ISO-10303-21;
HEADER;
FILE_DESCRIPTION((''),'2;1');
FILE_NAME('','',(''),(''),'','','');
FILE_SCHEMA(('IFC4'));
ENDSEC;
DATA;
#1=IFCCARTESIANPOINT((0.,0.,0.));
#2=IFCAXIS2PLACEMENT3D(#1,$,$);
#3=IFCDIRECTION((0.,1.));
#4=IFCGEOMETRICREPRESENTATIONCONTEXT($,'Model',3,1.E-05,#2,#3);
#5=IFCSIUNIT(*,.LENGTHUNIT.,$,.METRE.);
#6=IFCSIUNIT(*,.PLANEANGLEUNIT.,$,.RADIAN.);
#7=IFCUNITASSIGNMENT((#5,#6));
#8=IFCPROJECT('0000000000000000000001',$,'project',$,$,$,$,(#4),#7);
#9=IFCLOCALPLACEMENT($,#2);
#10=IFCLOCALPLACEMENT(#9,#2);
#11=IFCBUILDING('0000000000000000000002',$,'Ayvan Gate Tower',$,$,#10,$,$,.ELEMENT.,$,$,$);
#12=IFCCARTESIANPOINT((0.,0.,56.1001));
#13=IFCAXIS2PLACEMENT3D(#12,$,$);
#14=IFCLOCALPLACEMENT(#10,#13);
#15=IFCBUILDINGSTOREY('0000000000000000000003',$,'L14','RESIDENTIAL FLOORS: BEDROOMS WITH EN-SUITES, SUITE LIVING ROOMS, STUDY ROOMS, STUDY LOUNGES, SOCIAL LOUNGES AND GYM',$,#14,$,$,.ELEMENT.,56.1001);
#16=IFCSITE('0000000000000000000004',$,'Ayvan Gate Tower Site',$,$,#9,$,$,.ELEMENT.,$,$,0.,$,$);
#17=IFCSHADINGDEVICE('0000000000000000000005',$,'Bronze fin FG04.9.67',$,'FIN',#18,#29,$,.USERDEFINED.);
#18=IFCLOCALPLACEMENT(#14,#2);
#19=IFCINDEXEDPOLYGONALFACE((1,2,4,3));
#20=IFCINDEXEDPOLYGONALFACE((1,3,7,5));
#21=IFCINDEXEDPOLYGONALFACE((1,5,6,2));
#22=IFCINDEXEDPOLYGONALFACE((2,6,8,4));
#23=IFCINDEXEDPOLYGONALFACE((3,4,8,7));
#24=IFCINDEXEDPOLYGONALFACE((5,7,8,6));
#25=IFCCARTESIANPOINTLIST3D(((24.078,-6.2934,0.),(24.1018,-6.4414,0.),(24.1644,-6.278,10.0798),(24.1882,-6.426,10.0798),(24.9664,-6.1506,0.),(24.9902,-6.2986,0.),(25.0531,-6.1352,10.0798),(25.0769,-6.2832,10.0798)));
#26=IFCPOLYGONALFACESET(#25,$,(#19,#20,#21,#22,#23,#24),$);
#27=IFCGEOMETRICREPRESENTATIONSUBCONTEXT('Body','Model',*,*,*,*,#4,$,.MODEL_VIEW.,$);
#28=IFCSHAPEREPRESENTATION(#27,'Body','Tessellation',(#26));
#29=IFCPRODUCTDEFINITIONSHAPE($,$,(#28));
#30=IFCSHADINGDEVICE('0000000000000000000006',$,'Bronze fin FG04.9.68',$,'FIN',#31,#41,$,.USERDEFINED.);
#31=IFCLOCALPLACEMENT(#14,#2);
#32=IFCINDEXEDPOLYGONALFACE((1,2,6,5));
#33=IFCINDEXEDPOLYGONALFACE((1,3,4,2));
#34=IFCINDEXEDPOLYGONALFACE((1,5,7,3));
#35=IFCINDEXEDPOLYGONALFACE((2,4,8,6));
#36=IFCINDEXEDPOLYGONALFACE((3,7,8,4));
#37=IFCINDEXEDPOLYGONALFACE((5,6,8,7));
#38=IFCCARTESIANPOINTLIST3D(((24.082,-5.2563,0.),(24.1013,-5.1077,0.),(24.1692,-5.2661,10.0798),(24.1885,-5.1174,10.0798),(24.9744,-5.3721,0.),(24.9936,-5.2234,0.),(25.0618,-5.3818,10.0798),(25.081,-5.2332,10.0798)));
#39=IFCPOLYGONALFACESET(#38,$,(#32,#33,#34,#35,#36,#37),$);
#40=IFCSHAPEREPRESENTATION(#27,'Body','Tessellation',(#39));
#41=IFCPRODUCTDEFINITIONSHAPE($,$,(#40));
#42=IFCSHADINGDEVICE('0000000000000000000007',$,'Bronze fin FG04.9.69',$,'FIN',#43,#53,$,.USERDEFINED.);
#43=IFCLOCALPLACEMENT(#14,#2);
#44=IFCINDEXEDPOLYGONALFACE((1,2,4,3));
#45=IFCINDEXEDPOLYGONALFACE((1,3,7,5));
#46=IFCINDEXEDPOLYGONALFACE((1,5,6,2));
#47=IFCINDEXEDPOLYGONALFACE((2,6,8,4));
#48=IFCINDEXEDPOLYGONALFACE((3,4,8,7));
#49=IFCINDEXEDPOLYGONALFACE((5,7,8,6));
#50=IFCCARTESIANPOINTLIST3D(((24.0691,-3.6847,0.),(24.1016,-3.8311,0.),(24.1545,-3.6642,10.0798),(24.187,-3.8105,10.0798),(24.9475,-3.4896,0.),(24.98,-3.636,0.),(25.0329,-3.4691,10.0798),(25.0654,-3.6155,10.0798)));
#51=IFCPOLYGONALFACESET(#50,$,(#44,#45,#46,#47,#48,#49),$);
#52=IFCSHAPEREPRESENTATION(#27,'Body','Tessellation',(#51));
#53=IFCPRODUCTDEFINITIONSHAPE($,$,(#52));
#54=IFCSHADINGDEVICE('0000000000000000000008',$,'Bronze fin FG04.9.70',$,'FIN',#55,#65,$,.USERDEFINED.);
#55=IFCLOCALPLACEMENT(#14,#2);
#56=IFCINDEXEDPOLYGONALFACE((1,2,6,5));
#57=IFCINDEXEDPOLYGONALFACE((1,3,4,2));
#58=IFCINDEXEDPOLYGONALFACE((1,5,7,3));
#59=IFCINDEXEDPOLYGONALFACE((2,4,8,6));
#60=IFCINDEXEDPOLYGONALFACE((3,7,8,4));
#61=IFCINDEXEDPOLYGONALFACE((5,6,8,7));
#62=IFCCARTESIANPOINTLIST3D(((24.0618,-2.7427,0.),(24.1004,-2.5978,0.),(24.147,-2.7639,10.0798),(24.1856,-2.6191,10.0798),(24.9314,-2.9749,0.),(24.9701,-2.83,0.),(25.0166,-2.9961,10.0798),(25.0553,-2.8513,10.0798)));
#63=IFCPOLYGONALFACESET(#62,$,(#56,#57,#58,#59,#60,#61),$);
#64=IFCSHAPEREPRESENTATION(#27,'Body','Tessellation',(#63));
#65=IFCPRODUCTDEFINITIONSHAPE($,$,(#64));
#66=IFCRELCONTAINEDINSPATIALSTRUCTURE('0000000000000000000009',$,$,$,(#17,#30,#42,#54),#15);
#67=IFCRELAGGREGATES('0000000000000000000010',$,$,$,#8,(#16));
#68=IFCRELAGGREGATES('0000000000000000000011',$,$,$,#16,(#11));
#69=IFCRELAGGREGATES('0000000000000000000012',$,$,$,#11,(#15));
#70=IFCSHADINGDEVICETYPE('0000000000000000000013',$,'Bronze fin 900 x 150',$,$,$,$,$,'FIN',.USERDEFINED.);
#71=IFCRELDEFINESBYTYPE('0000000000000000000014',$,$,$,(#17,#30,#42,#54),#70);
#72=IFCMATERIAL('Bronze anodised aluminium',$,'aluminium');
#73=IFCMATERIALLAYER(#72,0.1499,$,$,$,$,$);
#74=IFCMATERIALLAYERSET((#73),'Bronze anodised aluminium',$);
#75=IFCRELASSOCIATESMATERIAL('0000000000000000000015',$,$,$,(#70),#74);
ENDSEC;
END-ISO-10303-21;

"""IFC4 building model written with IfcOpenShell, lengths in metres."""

from ifc_helpers import new_model, si_unit, direction, frame, origin, place, context, subcontext, project, spatial, polyline, outline, extrude, material, layer, layer_set, type_object, element, save


model = new_model("IFC4")

# Units and contexts
model_context = context("Model", 3, precision=1e-05, world=origin(), true_north=direction((0.0, 1.0)))
body_context = subcontext(model_context, "Body", "Model", "MODEL_VIEW")
ifc_project = project(units=[si_unit("LENGTHUNIT", "METRE"), si_unit("PLANEANGLEUNIT", "RADIAN")], contexts=[model_context])

# Site, building, storey
site_placement = place(None, origin())
site = spatial("IfcSite", under=ifc_project, at=site_placement, Name="Ayvan Gate Tower Site", CompositionType="ELEMENT", RefElevation=0.0)
building_placement = place(site_placement, origin())
building = spatial("IfcBuilding", under=site, at=building_placement, Name="Ayvan Gate Tower", CompositionType="ELEMENT")
storey_placement = place(building_placement, frame((0.0, 0.0, 56.1001)))
storey = spatial("IfcBuildingStorey", under=building, at=storey_placement, Name="L14", Description="RESIDENTIAL FLOORS: BEDROOMS WITH EN-SUITES, SUITE LIVING ROOMS, STUDY ROOMS, STUDY LOUNGES, SOCIAL LOUNGES AND GYM", CompositionType="ELEMENT", Elevation=56.1001)

# Shared definitions
ifc_material_1 = material(Name="Bronze anodised aluminium", Category="aluminium")

# Shading devices
ifc_layer_1 = layer(ifc_material_1, 0.1499)
ifc_layer_set_1 = layer_set([ifc_layer_1], Name="Bronze anodised aluminium")
shading_device_type = type_object("IfcShadingDeviceType", Name="Bronze fin 900 x 150", ElementType="FIN", PredefinedType="USERDEFINED", material=ifc_layer_set_1)
shading_device_1_placement = place(storey_placement, frame((24.1018, -6.4414, 0.0), z_axis=(0.158699, -0.987327, 0.000144), x_axis=(0.987327, 0.158699, 0.0)))
element("IfcShadingDevice", 1, at=shading_device_1_placement, inside=storey, type_object=shading_device_type, Name="Bronze fin FG04.9.67", ObjectType="FIN", PredefinedType="USERDEFINED", context=body_context, shape_type="SweptSolid", body=[
    extrude(outline(polyline([(0.0, 0.0), (0.8998, 0.0), (0.9878, 10.0798), (0.0878, 10.0798), (0.0, 0.0)])), origin(), (0.0, 0.0, -1.0), 0.1499),
])
shading_device_2_placement = place(storey_placement, frame((24.082, -5.2563, 0.0), z_axis=(-0.128591, -0.991698, 0.000153), x_axis=(0.991698, -0.128591, 0.0)))
element("IfcShadingDevice", 2, at=shading_device_2_placement, inside=storey, type_object=shading_device_type, Name="Bronze fin FG04.9.68", ObjectType="FIN", PredefinedType="USERDEFINED", context=body_context, shape_type="SweptSolid", body=[
    extrude(outline(polyline([(0.0, 0.0), (0.8998, 0.0), (0.9877, 10.0798), (0.0877, 10.0798), (0.0, 0.0)])), origin(), (0.0, 0.0, -1.0), 0.1499),
])
shading_device_3_placement = place(storey_placement, frame((24.1016, -3.8311, 0.0), z_axis=(0.216787, -0.976219, 0.000148), x_axis=(0.976219, 0.216787, 0.0)))
element("IfcShadingDevice", 3, at=shading_device_3_placement, inside=storey, type_object=shading_device_type, Name="Bronze fin FG04.9.69", ObjectType="FIN", PredefinedType="USERDEFINED", context=body_context, shape_type="SweptSolid", body=[
    extrude(outline(polyline([(0.0, 0.0), (0.8998, 0.0), (0.9877, 10.0798), (0.0879, 10.0798), (0.0, 0.0)])), origin(), (0.0, 0.0, -1.0), 0.1499),
])
shading_device_4_placement = place(storey_placement, frame((24.0618, -2.7427, 0.0), z_axis=(-0.25795, -0.966158, 0.000145), x_axis=(0.966158, -0.25795, 0.0)))
element("IfcShadingDevice", 4, at=shading_device_4_placement, inside=storey, type_object=shading_device_type, Name="Bronze fin FG04.9.70", ObjectType="FIN", PredefinedType="USERDEFINED", context=body_context, shape_type="SweptSolid", body=[
    extrude(outline(polyline([(0.0, 0.0), (0.9001, 0.0), (0.9879, 10.0798), (0.0878, 10.0798), (0.0, 0.0)])), origin(), (0.0, 0.0, -1.0), 0.1499),
])

save(model, "model.ifc")
